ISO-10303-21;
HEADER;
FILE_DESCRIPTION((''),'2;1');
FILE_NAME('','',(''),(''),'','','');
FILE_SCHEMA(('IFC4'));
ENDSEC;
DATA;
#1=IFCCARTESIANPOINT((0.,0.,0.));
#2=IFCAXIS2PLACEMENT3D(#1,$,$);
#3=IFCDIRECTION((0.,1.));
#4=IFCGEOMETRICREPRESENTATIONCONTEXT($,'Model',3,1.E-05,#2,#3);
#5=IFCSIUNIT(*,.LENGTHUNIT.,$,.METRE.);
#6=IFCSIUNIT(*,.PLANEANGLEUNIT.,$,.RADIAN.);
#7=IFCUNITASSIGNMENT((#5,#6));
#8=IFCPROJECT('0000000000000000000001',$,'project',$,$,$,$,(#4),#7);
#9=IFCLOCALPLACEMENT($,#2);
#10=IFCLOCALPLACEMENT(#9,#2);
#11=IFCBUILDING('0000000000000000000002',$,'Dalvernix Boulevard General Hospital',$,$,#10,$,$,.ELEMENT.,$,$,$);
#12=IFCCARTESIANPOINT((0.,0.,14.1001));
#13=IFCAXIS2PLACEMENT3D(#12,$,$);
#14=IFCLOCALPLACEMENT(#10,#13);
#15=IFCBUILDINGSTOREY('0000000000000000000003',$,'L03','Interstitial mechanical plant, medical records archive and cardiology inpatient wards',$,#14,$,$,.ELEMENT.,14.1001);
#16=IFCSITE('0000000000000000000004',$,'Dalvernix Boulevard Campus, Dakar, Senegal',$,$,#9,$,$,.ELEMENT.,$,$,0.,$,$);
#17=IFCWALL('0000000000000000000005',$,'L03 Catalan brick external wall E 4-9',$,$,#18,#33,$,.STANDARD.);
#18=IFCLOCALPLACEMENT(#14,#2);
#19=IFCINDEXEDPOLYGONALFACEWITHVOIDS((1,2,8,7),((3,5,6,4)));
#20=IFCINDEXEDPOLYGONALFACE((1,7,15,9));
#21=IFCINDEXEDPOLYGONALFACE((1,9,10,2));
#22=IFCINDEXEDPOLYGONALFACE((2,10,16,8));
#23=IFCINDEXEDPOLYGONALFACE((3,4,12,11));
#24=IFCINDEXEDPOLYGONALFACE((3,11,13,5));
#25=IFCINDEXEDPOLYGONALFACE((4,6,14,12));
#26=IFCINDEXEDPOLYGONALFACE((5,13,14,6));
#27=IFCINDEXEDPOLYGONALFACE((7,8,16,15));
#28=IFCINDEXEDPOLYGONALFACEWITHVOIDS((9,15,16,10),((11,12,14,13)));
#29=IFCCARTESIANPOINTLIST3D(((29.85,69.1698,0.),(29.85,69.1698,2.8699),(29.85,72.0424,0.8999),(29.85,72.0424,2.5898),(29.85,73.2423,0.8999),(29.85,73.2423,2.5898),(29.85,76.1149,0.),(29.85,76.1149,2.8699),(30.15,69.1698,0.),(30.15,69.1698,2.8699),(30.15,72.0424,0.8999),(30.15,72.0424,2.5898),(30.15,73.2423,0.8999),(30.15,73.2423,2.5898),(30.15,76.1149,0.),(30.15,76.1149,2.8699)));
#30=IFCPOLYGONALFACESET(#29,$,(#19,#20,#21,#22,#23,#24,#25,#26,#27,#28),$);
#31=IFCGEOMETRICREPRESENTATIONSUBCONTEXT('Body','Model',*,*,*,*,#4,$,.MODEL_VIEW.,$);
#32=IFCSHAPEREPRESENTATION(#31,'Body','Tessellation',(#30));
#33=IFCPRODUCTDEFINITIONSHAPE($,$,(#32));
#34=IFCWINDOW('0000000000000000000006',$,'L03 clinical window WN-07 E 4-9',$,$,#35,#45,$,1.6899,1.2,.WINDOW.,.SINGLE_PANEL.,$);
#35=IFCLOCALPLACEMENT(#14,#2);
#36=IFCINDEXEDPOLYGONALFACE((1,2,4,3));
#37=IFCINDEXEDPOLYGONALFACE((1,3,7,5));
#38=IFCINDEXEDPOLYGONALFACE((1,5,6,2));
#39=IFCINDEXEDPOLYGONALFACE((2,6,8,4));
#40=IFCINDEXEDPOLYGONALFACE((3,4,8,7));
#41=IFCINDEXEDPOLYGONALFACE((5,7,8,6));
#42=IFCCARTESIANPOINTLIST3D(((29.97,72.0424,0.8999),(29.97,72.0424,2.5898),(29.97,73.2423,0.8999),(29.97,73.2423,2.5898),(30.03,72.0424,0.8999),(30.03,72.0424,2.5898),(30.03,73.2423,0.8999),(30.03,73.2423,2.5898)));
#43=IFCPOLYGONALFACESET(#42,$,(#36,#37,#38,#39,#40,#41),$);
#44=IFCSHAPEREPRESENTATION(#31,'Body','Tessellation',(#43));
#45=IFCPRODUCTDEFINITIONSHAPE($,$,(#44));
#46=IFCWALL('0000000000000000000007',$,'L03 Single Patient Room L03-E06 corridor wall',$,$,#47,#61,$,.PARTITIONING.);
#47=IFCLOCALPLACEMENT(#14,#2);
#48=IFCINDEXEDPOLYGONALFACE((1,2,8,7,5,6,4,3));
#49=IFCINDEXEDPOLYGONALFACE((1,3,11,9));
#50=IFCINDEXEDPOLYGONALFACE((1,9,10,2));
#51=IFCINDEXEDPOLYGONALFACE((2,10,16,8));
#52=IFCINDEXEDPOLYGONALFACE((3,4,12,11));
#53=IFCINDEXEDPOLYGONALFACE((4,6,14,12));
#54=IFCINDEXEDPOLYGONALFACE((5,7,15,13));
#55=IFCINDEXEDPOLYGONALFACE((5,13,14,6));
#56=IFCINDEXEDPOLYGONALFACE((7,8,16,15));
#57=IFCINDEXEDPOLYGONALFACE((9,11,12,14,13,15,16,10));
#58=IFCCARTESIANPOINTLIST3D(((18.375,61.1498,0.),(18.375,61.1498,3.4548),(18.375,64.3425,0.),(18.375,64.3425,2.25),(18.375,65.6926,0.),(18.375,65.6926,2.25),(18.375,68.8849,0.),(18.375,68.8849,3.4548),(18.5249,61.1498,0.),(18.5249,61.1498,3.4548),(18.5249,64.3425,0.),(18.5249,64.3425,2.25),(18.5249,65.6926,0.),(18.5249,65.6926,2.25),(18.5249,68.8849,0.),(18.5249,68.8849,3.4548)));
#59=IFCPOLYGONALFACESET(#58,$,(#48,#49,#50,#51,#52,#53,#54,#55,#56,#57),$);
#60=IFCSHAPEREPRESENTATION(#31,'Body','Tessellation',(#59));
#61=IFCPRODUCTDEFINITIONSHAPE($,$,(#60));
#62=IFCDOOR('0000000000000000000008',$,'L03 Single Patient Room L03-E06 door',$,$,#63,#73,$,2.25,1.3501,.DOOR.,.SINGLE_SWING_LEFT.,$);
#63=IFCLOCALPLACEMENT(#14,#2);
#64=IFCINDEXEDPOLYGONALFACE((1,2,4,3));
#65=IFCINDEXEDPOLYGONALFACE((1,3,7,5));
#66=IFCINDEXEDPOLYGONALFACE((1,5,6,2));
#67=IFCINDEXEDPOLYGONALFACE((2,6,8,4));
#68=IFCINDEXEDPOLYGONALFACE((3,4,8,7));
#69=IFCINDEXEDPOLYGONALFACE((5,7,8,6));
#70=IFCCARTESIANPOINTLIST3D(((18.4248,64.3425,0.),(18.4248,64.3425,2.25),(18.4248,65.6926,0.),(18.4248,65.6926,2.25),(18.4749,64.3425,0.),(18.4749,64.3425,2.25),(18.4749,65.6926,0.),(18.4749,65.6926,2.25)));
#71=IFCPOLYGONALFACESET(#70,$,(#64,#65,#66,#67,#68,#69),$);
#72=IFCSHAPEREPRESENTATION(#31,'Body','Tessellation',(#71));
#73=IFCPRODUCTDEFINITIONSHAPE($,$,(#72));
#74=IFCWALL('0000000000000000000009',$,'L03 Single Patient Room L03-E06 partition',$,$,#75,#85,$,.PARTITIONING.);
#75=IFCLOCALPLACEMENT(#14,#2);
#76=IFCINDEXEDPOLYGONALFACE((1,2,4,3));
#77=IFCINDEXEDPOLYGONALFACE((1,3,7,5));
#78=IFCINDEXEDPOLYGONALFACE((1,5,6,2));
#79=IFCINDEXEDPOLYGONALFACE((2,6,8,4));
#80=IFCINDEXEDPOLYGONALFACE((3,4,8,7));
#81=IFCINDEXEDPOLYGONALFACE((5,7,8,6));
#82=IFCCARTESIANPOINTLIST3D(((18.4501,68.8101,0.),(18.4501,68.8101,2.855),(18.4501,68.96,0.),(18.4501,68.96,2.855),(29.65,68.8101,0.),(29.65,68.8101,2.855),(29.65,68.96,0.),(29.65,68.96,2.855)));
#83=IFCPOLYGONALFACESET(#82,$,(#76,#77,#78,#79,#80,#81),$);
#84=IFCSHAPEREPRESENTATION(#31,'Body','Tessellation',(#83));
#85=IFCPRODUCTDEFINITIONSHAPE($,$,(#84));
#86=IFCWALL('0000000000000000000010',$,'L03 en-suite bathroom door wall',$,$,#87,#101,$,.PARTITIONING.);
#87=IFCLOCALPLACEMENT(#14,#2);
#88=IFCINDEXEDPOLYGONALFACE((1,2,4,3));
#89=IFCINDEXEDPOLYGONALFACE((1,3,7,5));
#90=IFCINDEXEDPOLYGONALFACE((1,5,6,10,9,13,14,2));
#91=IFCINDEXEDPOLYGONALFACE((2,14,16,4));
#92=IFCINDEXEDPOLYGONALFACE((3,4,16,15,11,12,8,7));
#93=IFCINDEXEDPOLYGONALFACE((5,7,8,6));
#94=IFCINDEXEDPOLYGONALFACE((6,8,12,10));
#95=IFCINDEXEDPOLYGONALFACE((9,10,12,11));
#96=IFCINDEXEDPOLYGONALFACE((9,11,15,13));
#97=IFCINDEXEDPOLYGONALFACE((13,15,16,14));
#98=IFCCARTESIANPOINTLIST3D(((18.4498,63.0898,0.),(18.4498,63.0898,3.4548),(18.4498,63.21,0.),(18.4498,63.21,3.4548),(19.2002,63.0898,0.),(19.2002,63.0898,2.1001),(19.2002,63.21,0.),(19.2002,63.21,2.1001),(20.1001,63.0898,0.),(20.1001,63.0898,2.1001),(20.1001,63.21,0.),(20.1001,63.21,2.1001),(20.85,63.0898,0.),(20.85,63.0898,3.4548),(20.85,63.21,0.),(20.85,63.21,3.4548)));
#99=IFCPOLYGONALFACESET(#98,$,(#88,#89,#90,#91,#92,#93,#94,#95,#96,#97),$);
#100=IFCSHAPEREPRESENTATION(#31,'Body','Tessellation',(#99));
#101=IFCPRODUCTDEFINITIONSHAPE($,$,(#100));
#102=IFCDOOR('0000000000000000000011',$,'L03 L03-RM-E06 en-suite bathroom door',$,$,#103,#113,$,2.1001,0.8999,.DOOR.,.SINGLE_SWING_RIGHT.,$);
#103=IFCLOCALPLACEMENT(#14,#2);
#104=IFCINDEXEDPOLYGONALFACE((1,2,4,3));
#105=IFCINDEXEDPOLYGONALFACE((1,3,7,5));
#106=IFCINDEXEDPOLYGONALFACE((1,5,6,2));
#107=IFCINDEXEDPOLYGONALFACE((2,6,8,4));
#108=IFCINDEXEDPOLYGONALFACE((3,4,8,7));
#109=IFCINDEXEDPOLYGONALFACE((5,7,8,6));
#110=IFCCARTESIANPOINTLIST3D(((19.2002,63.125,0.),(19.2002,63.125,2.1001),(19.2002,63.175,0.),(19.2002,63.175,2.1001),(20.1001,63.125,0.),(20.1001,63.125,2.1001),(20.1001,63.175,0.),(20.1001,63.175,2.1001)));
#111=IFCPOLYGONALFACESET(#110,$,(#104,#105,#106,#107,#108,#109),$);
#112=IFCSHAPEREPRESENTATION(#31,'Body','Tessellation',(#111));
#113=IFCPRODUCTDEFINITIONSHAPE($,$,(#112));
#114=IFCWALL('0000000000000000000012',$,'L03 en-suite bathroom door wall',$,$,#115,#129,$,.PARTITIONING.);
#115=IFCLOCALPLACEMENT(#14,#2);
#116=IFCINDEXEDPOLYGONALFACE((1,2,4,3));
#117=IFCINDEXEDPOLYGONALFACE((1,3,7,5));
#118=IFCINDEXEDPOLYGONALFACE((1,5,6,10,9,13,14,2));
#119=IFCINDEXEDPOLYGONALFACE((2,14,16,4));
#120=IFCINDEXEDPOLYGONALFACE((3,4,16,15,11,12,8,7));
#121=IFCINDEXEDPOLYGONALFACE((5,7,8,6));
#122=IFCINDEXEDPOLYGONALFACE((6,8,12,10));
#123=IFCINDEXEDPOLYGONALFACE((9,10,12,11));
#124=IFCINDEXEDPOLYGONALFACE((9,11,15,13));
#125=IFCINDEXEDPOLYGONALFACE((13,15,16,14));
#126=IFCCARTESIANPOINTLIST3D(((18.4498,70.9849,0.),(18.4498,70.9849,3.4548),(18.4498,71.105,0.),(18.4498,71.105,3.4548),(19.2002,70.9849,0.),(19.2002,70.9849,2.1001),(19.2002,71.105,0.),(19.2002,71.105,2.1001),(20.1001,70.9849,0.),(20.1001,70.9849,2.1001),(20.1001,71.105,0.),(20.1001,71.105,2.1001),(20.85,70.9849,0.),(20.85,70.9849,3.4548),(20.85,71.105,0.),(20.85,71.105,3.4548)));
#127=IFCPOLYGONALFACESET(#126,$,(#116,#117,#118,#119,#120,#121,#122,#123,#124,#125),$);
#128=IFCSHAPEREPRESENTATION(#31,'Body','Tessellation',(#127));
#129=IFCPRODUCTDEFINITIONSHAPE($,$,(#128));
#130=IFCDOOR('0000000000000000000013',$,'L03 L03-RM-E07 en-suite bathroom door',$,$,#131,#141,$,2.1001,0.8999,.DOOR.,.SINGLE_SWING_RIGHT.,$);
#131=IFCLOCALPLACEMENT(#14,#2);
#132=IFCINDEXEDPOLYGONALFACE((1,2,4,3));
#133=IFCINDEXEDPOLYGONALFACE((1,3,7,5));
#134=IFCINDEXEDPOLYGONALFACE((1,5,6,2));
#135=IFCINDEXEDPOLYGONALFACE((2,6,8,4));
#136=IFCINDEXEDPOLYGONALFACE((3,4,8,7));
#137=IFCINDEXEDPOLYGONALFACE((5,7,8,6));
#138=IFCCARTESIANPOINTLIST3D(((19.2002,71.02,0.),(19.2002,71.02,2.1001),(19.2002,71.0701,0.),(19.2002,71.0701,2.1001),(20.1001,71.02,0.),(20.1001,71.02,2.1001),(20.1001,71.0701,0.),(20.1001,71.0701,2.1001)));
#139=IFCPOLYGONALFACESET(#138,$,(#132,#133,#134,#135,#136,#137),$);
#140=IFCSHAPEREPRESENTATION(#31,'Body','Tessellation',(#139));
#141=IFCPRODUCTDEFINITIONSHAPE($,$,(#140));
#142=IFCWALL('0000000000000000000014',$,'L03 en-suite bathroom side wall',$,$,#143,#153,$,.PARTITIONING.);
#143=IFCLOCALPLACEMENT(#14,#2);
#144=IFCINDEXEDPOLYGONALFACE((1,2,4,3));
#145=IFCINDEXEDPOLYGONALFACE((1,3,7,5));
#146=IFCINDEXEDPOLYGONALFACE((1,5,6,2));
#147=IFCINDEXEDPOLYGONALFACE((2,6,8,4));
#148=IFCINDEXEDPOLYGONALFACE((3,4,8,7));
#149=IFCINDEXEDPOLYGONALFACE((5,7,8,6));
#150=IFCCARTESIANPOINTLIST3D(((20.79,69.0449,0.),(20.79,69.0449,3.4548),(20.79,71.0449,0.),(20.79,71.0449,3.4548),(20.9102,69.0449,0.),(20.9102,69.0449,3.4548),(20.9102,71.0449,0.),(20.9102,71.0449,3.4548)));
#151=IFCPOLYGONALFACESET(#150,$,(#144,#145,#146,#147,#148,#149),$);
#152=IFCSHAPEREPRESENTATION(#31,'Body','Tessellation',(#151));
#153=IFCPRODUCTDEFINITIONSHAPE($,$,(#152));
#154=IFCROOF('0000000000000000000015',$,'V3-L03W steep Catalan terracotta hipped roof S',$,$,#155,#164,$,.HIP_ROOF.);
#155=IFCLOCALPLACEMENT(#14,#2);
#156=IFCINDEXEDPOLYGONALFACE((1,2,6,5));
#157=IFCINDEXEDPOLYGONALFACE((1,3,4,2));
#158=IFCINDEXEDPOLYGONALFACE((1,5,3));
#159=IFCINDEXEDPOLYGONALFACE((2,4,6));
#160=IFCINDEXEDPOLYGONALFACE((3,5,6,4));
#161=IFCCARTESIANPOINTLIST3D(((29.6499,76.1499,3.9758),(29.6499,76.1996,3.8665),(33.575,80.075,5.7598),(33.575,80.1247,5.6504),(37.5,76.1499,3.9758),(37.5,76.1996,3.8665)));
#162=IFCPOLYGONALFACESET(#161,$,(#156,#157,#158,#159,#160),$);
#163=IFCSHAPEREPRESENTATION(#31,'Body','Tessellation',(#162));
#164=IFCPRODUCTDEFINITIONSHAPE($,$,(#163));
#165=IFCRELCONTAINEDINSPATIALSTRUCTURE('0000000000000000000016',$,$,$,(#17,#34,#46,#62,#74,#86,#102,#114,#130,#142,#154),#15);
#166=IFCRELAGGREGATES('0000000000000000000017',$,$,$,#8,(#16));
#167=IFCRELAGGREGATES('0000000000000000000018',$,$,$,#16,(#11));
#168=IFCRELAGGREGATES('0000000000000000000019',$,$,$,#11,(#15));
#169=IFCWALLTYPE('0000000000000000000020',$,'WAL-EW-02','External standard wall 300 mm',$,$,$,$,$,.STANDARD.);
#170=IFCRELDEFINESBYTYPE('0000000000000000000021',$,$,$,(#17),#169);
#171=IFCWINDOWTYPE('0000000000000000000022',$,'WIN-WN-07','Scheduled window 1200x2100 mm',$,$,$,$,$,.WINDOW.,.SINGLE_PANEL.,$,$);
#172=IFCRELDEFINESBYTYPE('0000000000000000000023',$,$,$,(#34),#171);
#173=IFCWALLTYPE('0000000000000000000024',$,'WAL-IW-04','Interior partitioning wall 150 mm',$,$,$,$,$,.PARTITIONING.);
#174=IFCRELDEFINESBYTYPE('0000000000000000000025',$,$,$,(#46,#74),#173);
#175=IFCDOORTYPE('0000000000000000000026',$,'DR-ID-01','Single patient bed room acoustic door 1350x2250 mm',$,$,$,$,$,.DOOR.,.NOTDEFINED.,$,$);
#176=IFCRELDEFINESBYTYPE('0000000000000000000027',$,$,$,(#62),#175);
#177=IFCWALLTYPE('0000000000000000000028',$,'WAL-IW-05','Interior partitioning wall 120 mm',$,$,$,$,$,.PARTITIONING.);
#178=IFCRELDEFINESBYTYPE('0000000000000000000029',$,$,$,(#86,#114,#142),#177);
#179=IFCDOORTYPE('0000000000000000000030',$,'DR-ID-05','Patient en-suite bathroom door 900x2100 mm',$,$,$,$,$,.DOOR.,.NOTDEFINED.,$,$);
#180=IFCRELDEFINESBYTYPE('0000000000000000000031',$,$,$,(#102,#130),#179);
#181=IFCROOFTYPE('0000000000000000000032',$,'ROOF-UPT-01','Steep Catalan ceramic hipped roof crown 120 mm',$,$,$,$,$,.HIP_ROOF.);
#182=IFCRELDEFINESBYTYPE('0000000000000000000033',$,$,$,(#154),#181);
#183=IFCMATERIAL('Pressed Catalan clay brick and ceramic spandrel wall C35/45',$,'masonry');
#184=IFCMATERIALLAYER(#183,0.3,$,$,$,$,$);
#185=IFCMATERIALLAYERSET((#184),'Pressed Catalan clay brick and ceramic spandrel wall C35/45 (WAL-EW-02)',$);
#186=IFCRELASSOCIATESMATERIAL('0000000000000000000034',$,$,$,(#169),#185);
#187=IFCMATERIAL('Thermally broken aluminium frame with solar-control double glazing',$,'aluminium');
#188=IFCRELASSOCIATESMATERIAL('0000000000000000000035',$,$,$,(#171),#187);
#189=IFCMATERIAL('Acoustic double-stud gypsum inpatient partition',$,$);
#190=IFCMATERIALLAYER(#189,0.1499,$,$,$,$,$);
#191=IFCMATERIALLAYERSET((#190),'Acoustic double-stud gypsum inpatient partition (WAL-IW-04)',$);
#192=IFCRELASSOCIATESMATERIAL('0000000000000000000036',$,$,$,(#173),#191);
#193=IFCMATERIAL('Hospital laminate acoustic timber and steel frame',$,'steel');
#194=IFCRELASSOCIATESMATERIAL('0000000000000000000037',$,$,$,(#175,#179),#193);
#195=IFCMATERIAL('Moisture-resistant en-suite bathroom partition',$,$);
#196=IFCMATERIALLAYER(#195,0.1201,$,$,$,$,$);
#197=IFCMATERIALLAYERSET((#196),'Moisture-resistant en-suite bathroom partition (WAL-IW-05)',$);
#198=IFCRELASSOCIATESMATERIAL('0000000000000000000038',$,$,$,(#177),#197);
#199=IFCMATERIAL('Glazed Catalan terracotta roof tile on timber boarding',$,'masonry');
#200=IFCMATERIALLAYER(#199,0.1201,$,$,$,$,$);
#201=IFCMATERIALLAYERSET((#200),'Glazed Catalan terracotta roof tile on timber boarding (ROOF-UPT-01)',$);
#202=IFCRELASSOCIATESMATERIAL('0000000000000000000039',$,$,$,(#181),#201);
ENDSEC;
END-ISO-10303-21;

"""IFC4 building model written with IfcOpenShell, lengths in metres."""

from ifc_helpers import new_model, si_unit, direction, frame, frame_2d, origin, place, context, subcontext, project, spatial, polyline, rectangle, outline, extrude, material, layer, layer_set, type_object, element, fill, save


model = new_model("IFC4")

# Units and contexts
model_context = context("Model", 3, precision=1e-05, world=origin(), true_north=direction((0.0, 1.0)))
body_context = subcontext(model_context, "Body", "Model", "MODEL_VIEW")
ifc_project = project(units=[si_unit("LENGTHUNIT", "METRE"), si_unit("PLANEANGLEUNIT", "RADIAN")], contexts=[model_context])

# Site, building, storey
site_placement = place(None, origin())
site = spatial("IfcSite", under=ifc_project, at=site_placement, Name="Dalvernix Boulevard Campus, Dakar, Senegal", CompositionType="ELEMENT", RefElevation=0.0)
building_placement = place(site_placement, origin())
building = spatial("IfcBuilding", under=site, at=building_placement, Name="Dalvernix Boulevard General Hospital", CompositionType="ELEMENT")
storey_placement = place(building_placement, frame((0.0, 0.0, 14.1001)))
storey = spatial("IfcBuildingStorey", under=building, at=storey_placement, Name="L03", Description="Interstitial mechanical plant, medical records archive and cardiology inpatient wards", CompositionType="ELEMENT", Elevation=14.1001)

# Wall, opening, window
ifc_material_1 = material(Name="Pressed Catalan clay brick and ceramic spandrel wall C35/45", Category="masonry")
ifc_layer_1 = layer(ifc_material_1, 0.3)
ifc_layer_set_1 = layer_set([ifc_layer_1], Name="Pressed Catalan clay brick and ceramic spandrel wall C35/45 (WAL-EW-02)")
wall_type_1 = type_object("IfcWallType", Name="WAL-EW-02", Description="External standard wall 300 mm", PredefinedType="STANDARD", material=ifc_layer_set_1)
ifc_material_2 = material(Name="Thermally broken aluminium frame with solar-control double glazing", Category="aluminium")
wall_1_placement = place(storey_placement, frame((30.0, 76.115, 0.0), z_axis=(0.0, 0.0, 1.0), x_axis=(0.0, -1.0, 0.0)))
wall_1 = element("IfcWall", 1, at=wall_1_placement, inside=storey, type_object=wall_type_1, Name="L03 Catalan brick external wall E 4-9", PredefinedType="STANDARD", context=body_context, shape_type="SweptSolid", body=[
    extrude(rectangle(XDim=6.9451, YDim=0.3, at=frame_2d((3.4727, 0.0))), origin(), (0.0, 0.0, 1.0), 2.8699),
])
opening_1_placement = place(wall_1_placement, frame((2.8726, 0.0, 0.8999)))
opening_1 = element("IfcOpeningElement", 2, at=opening_1_placement, cuts=wall_1, PredefinedType="OPENING", context=body_context, shape_type="SweptSolid", body=[
    extrude(rectangle(XDim=1.2, YDim=1.6899, at=frame_2d((0.6001, 0.845))), frame((0.0, 0.1599, 0.0), z_axis=(0.0, -1.0, 0.0), x_axis=(1.0, 0.0, 0.0)), (0.0, 0.0, 1.0), 0.3201),
])
window_type_1 = type_object("IfcWindowType", Name="WIN-WN-07", Description="Scheduled window 1200x2100 mm", PartitioningType="SINGLE_PANEL", PredefinedType="WINDOW", material=ifc_material_2)
window_1_placement = place(opening_1_placement, origin())
window_1 = element("IfcWindow", 3, at=window_1_placement, inside=storey, type_object=window_type_1, Name="L03 clinical window WN-07 E 4-9", OverallHeight=1.6899, OverallWidth=1.2, PartitioningType="SINGLE_PANEL", PredefinedType="WINDOW", context=body_context, shape_type="SweptSolid", body=[
    extrude(rectangle(XDim=1.2, YDim=1.6899, at=frame_2d((0.6001, 0.845))), frame((0.0, 0.03, 0.0), z_axis=(0.0, -1.0, 0.0), x_axis=(1.0, 0.0, 0.0)), (0.0, 0.0, 1.0), 0.0601),
])
fill(opening_1, window_1)

# Wall, opening, door
ifc_material_3 = material(Name="Acoustic double-stud gypsum inpatient partition")
ifc_layer_2 = layer(ifc_material_3, 0.1499)
ifc_layer_set_2 = layer_set([ifc_layer_2], Name="Acoustic double-stud gypsum inpatient partition (WAL-IW-04)")
wall_type_2 = type_object("IfcWallType", Name="WAL-IW-04", Description="Interior partitioning wall 150 mm", PredefinedType="PARTITIONING", material=ifc_layer_set_2)
wall_2_placement = place(storey_placement, frame((18.45, 68.885, 0.0), z_axis=(0.0, 0.0, 1.0), x_axis=(0.0, -1.0, 0.0)))
wall_2 = element("IfcWall", 4, at=wall_2_placement, inside=storey, type_object=wall_type_2, Name="L03 Single Patient Room L03-E06 corridor wall", PredefinedType="PARTITIONING", context=body_context, shape_type="SweptSolid", body=[
    extrude(rectangle(XDim=7.7351, YDim=0.1499, at=frame_2d((3.8677, 0.0))), origin(), (0.0, 0.0, 1.0), 3.4548),
])
opening_2_placement = place(wall_2_placement, frame((3.1924, 0.0, 0.0)))
opening_2 = element("IfcOpeningElement", 5, at=opening_2_placement, cuts=wall_2, PredefinedType="OPENING", context=body_context, shape_type="SweptSolid", body=[
    extrude(rectangle(XDim=1.3501, YDim=2.25, at=frame_2d((0.675, 1.125))), frame((0.0, 0.085, 0.0), z_axis=(0.0, -1.0, 0.0), x_axis=(1.0, 0.0, 0.0)), (0.0, 0.0, 1.0), 0.1699),
])
ifc_material_4 = material(Name="Hospital laminate acoustic timber and steel frame", Category="steel")
door_type_1 = type_object("IfcDoorType", Name="DR-ID-01", Description="Single patient bed room acoustic door 1350x2250 mm", OperationType="NOTDEFINED", PredefinedType="DOOR", material=ifc_material_4)
door_1_placement = place(opening_2_placement, origin())
door_1 = element("IfcDoor", 6, at=door_1_placement, inside=storey, type_object=door_type_1, Name="L03 Single Patient Room L03-E06 door", OperationType="SINGLE_SWING_LEFT", OverallHeight=2.25, OverallWidth=1.3501, PredefinedType="DOOR", context=body_context, shape_type="SweptSolid", body=[
    extrude(rectangle(XDim=1.3501, YDim=2.25, at=frame_2d((0.675, 1.125))), frame((0.0, 0.0249, 0.0), z_axis=(0.0, -1.0, 0.0), x_axis=(1.0, 0.0, 0.0)), (0.0, 0.0, 1.0), 0.05),
])
fill(opening_2, door_1)

# Wall
wall_3_placement = place(storey_placement, frame((18.45, 68.885, 0.0), z_axis=(0.0, 0.0, 1.0), x_axis=(1.0, 0.0, 0.0)))
element("IfcWall", 7, at=wall_3_placement, inside=storey, type_object=wall_type_2, Name="L03 Single Patient Room L03-E06 partition", PredefinedType="PARTITIONING", context=body_context, shape_type="SweptSolid", body=[
    extrude(rectangle(XDim=11.2, YDim=0.1499, at=frame_2d((5.6001, 0.0))), origin(), (0.0, 0.0, 1.0), 2.855),
])

# Walls, openings, doors
ifc_material_5 = material(Name="Moisture-resistant en-suite bathroom partition")
ifc_layer_3 = layer(ifc_material_5, 0.1201)
ifc_layer_set_3 = layer_set([ifc_layer_3], Name="Moisture-resistant en-suite bathroom partition (WAL-IW-05)")
wall_type_3 = type_object("IfcWallType", Name="WAL-IW-05", Description="Interior partitioning wall 120 mm", PredefinedType="PARTITIONING", material=ifc_layer_set_3)
wall_4_placement = place(storey_placement, frame((20.8501, 63.1499, 0.0), z_axis=(0.0, 0.0, 1.0), x_axis=(-1.0, 0.0, 0.0)))
wall_4 = element("IfcWall", 8, at=wall_4_placement, inside=storey, type_object=wall_type_3, Name="L03 en-suite bathroom door wall", PredefinedType="PARTITIONING", context=body_context, shape_type="SweptSolid", body=[
    extrude(rectangle(XDim=2.4001, YDim=0.1201, at=frame_2d((1.2002, 0.0))), origin(), (0.0, 0.0, 1.0), 3.4548),
])
opening_3_placement = place(wall_4_placement, frame((0.75, 0.0, 0.0)))
opening_3 = element("IfcOpeningElement", 9, at=opening_3_placement, cuts=wall_4, PredefinedType="OPENING", context=body_context, shape_type="SweptSolid", body=[
    extrude(rectangle(XDim=0.8999, YDim=2.1001, at=frame_2d((0.45, 1.05))), frame((0.0, 0.0701, 0.0), z_axis=(0.0, -1.0, 0.0), x_axis=(1.0, 0.0, 0.0)), (0.0, 0.0, 1.0), 0.1401),
])
door_type_2 = type_object("IfcDoorType", Name="DR-ID-05", Description="Patient en-suite bathroom door 900x2100 mm", OperationType="NOTDEFINED", PredefinedType="DOOR", material=ifc_material_4)
door_2_placement = place(opening_3_placement, origin())
door_2 = element("IfcDoor", 10, at=door_2_placement, inside=storey, type_object=door_type_2, Name="L03 L03-RM-E06 en-suite bathroom door", OperationType="SINGLE_SWING_RIGHT", OverallHeight=2.1001, OverallWidth=0.8999, PredefinedType="DOOR", context=body_context, shape_type="SweptSolid", body=[
    extrude(rectangle(XDim=0.8999, YDim=2.1001, at=frame_2d((0.45, 1.05))), frame((0.0, 0.0249, 0.0), z_axis=(0.0, -1.0, 0.0), x_axis=(1.0, 0.0, 0.0)), (0.0, 0.0, 1.0), 0.05),
])
fill(opening_3, door_2)
wall_5_placement = place(storey_placement, frame((20.8501, 71.0449, 0.0), z_axis=(0.0, 0.0, 1.0), x_axis=(-1.0, 0.0, 0.0)))
wall_5 = element("IfcWall", 11, at=wall_5_placement, inside=storey, type_object=wall_type_3, Name="L03 en-suite bathroom door wall", PredefinedType="PARTITIONING", context=body_context, shape_type="SweptSolid", body=[
    extrude(rectangle(XDim=2.4001, YDim=0.1201, at=frame_2d((1.2002, 0.0))), origin(), (0.0, 0.0, 1.0), 3.4548),
])
opening_4_placement = place(wall_5_placement, frame((0.75, 0.0, 0.0)))
opening_4 = element("IfcOpeningElement", 12, at=opening_4_placement, cuts=wall_5, PredefinedType="OPENING", context=body_context, shape_type="SweptSolid", body=[
    extrude(rectangle(XDim=0.8999, YDim=2.1001, at=frame_2d((0.45, 1.05))), frame((0.0, 0.0701, 0.0), z_axis=(0.0, -1.0, 0.0), x_axis=(1.0, 0.0, 0.0)), (0.0, 0.0, 1.0), 0.1401),
])
door_3_placement = place(opening_4_placement, origin())
door_3 = element("IfcDoor", 13, at=door_3_placement, inside=storey, type_object=door_type_2, Name="L03 L03-RM-E07 en-suite bathroom door", OperationType="SINGLE_SWING_RIGHT", OverallHeight=2.1001, OverallWidth=0.8999, PredefinedType="DOOR", context=body_context, shape_type="SweptSolid", body=[
    extrude(rectangle(XDim=0.8999, YDim=2.1001, at=frame_2d((0.45, 1.05))), frame((0.0, 0.0249, 0.0), z_axis=(0.0, -1.0, 0.0), x_axis=(1.0, 0.0, 0.0)), (0.0, 0.0, 1.0), 0.05),
])
fill(opening_4, door_3)

# Wall
wall_6_placement = place(storey_placement, frame((20.8501, 69.0449, 0.0), z_axis=(0.0, 0.0, 1.0), x_axis=(0.0, 1.0, 0.0)))
element("IfcWall", 14, at=wall_6_placement, inside=storey, type_object=wall_type_3, Name="L03 en-suite bathroom side wall", PredefinedType="PARTITIONING", context=body_context, shape_type="SweptSolid", body=[
    extrude(rectangle(XDim=2.0, YDim=0.1201, at=frame_2d((1.0, 0.0))), origin(), (0.0, 0.0, 1.0), 3.4548),
])

# Roof
ifc_material_6 = material(Name="Glazed Catalan terracotta roof tile on timber boarding", Category="masonry")
ifc_layer_4 = layer(ifc_material_6, 0.1201)
ifc_layer_set_4 = layer_set([ifc_layer_4], Name="Glazed Catalan terracotta roof tile on timber boarding (ROOF-UPT-01)")
roof_type_1 = type_object("IfcRoofType", Name="ROOF-UPT-01", Description="Steep Catalan ceramic hipped roof crown 120 mm", PredefinedType="HIP_ROOF", material=ifc_layer_set_4)
roof_1_placement = place(storey_placement, frame((29.6499, 76.1499, 3.9758), z_axis=(0.0, -0.413769, 0.910382), x_axis=(1.0, 0.0, 0.0)))
element("IfcRoof", 15, at=roof_1_placement, inside=storey, type_object=roof_type_1, Name="V3-L03W steep Catalan terracotta hipped roof S", PredefinedType="HIP_ROOF", context=body_context, shape_type="SweptSolid", body=[
    extrude(outline(polyline([(0.0, 0.0), (7.8501, 0.0), (3.925, 4.3114), (0.0, 0.0)])), origin(), (0.0, 0.0, -1.0), 0.1201),
])

save(model, "model.ifc")
